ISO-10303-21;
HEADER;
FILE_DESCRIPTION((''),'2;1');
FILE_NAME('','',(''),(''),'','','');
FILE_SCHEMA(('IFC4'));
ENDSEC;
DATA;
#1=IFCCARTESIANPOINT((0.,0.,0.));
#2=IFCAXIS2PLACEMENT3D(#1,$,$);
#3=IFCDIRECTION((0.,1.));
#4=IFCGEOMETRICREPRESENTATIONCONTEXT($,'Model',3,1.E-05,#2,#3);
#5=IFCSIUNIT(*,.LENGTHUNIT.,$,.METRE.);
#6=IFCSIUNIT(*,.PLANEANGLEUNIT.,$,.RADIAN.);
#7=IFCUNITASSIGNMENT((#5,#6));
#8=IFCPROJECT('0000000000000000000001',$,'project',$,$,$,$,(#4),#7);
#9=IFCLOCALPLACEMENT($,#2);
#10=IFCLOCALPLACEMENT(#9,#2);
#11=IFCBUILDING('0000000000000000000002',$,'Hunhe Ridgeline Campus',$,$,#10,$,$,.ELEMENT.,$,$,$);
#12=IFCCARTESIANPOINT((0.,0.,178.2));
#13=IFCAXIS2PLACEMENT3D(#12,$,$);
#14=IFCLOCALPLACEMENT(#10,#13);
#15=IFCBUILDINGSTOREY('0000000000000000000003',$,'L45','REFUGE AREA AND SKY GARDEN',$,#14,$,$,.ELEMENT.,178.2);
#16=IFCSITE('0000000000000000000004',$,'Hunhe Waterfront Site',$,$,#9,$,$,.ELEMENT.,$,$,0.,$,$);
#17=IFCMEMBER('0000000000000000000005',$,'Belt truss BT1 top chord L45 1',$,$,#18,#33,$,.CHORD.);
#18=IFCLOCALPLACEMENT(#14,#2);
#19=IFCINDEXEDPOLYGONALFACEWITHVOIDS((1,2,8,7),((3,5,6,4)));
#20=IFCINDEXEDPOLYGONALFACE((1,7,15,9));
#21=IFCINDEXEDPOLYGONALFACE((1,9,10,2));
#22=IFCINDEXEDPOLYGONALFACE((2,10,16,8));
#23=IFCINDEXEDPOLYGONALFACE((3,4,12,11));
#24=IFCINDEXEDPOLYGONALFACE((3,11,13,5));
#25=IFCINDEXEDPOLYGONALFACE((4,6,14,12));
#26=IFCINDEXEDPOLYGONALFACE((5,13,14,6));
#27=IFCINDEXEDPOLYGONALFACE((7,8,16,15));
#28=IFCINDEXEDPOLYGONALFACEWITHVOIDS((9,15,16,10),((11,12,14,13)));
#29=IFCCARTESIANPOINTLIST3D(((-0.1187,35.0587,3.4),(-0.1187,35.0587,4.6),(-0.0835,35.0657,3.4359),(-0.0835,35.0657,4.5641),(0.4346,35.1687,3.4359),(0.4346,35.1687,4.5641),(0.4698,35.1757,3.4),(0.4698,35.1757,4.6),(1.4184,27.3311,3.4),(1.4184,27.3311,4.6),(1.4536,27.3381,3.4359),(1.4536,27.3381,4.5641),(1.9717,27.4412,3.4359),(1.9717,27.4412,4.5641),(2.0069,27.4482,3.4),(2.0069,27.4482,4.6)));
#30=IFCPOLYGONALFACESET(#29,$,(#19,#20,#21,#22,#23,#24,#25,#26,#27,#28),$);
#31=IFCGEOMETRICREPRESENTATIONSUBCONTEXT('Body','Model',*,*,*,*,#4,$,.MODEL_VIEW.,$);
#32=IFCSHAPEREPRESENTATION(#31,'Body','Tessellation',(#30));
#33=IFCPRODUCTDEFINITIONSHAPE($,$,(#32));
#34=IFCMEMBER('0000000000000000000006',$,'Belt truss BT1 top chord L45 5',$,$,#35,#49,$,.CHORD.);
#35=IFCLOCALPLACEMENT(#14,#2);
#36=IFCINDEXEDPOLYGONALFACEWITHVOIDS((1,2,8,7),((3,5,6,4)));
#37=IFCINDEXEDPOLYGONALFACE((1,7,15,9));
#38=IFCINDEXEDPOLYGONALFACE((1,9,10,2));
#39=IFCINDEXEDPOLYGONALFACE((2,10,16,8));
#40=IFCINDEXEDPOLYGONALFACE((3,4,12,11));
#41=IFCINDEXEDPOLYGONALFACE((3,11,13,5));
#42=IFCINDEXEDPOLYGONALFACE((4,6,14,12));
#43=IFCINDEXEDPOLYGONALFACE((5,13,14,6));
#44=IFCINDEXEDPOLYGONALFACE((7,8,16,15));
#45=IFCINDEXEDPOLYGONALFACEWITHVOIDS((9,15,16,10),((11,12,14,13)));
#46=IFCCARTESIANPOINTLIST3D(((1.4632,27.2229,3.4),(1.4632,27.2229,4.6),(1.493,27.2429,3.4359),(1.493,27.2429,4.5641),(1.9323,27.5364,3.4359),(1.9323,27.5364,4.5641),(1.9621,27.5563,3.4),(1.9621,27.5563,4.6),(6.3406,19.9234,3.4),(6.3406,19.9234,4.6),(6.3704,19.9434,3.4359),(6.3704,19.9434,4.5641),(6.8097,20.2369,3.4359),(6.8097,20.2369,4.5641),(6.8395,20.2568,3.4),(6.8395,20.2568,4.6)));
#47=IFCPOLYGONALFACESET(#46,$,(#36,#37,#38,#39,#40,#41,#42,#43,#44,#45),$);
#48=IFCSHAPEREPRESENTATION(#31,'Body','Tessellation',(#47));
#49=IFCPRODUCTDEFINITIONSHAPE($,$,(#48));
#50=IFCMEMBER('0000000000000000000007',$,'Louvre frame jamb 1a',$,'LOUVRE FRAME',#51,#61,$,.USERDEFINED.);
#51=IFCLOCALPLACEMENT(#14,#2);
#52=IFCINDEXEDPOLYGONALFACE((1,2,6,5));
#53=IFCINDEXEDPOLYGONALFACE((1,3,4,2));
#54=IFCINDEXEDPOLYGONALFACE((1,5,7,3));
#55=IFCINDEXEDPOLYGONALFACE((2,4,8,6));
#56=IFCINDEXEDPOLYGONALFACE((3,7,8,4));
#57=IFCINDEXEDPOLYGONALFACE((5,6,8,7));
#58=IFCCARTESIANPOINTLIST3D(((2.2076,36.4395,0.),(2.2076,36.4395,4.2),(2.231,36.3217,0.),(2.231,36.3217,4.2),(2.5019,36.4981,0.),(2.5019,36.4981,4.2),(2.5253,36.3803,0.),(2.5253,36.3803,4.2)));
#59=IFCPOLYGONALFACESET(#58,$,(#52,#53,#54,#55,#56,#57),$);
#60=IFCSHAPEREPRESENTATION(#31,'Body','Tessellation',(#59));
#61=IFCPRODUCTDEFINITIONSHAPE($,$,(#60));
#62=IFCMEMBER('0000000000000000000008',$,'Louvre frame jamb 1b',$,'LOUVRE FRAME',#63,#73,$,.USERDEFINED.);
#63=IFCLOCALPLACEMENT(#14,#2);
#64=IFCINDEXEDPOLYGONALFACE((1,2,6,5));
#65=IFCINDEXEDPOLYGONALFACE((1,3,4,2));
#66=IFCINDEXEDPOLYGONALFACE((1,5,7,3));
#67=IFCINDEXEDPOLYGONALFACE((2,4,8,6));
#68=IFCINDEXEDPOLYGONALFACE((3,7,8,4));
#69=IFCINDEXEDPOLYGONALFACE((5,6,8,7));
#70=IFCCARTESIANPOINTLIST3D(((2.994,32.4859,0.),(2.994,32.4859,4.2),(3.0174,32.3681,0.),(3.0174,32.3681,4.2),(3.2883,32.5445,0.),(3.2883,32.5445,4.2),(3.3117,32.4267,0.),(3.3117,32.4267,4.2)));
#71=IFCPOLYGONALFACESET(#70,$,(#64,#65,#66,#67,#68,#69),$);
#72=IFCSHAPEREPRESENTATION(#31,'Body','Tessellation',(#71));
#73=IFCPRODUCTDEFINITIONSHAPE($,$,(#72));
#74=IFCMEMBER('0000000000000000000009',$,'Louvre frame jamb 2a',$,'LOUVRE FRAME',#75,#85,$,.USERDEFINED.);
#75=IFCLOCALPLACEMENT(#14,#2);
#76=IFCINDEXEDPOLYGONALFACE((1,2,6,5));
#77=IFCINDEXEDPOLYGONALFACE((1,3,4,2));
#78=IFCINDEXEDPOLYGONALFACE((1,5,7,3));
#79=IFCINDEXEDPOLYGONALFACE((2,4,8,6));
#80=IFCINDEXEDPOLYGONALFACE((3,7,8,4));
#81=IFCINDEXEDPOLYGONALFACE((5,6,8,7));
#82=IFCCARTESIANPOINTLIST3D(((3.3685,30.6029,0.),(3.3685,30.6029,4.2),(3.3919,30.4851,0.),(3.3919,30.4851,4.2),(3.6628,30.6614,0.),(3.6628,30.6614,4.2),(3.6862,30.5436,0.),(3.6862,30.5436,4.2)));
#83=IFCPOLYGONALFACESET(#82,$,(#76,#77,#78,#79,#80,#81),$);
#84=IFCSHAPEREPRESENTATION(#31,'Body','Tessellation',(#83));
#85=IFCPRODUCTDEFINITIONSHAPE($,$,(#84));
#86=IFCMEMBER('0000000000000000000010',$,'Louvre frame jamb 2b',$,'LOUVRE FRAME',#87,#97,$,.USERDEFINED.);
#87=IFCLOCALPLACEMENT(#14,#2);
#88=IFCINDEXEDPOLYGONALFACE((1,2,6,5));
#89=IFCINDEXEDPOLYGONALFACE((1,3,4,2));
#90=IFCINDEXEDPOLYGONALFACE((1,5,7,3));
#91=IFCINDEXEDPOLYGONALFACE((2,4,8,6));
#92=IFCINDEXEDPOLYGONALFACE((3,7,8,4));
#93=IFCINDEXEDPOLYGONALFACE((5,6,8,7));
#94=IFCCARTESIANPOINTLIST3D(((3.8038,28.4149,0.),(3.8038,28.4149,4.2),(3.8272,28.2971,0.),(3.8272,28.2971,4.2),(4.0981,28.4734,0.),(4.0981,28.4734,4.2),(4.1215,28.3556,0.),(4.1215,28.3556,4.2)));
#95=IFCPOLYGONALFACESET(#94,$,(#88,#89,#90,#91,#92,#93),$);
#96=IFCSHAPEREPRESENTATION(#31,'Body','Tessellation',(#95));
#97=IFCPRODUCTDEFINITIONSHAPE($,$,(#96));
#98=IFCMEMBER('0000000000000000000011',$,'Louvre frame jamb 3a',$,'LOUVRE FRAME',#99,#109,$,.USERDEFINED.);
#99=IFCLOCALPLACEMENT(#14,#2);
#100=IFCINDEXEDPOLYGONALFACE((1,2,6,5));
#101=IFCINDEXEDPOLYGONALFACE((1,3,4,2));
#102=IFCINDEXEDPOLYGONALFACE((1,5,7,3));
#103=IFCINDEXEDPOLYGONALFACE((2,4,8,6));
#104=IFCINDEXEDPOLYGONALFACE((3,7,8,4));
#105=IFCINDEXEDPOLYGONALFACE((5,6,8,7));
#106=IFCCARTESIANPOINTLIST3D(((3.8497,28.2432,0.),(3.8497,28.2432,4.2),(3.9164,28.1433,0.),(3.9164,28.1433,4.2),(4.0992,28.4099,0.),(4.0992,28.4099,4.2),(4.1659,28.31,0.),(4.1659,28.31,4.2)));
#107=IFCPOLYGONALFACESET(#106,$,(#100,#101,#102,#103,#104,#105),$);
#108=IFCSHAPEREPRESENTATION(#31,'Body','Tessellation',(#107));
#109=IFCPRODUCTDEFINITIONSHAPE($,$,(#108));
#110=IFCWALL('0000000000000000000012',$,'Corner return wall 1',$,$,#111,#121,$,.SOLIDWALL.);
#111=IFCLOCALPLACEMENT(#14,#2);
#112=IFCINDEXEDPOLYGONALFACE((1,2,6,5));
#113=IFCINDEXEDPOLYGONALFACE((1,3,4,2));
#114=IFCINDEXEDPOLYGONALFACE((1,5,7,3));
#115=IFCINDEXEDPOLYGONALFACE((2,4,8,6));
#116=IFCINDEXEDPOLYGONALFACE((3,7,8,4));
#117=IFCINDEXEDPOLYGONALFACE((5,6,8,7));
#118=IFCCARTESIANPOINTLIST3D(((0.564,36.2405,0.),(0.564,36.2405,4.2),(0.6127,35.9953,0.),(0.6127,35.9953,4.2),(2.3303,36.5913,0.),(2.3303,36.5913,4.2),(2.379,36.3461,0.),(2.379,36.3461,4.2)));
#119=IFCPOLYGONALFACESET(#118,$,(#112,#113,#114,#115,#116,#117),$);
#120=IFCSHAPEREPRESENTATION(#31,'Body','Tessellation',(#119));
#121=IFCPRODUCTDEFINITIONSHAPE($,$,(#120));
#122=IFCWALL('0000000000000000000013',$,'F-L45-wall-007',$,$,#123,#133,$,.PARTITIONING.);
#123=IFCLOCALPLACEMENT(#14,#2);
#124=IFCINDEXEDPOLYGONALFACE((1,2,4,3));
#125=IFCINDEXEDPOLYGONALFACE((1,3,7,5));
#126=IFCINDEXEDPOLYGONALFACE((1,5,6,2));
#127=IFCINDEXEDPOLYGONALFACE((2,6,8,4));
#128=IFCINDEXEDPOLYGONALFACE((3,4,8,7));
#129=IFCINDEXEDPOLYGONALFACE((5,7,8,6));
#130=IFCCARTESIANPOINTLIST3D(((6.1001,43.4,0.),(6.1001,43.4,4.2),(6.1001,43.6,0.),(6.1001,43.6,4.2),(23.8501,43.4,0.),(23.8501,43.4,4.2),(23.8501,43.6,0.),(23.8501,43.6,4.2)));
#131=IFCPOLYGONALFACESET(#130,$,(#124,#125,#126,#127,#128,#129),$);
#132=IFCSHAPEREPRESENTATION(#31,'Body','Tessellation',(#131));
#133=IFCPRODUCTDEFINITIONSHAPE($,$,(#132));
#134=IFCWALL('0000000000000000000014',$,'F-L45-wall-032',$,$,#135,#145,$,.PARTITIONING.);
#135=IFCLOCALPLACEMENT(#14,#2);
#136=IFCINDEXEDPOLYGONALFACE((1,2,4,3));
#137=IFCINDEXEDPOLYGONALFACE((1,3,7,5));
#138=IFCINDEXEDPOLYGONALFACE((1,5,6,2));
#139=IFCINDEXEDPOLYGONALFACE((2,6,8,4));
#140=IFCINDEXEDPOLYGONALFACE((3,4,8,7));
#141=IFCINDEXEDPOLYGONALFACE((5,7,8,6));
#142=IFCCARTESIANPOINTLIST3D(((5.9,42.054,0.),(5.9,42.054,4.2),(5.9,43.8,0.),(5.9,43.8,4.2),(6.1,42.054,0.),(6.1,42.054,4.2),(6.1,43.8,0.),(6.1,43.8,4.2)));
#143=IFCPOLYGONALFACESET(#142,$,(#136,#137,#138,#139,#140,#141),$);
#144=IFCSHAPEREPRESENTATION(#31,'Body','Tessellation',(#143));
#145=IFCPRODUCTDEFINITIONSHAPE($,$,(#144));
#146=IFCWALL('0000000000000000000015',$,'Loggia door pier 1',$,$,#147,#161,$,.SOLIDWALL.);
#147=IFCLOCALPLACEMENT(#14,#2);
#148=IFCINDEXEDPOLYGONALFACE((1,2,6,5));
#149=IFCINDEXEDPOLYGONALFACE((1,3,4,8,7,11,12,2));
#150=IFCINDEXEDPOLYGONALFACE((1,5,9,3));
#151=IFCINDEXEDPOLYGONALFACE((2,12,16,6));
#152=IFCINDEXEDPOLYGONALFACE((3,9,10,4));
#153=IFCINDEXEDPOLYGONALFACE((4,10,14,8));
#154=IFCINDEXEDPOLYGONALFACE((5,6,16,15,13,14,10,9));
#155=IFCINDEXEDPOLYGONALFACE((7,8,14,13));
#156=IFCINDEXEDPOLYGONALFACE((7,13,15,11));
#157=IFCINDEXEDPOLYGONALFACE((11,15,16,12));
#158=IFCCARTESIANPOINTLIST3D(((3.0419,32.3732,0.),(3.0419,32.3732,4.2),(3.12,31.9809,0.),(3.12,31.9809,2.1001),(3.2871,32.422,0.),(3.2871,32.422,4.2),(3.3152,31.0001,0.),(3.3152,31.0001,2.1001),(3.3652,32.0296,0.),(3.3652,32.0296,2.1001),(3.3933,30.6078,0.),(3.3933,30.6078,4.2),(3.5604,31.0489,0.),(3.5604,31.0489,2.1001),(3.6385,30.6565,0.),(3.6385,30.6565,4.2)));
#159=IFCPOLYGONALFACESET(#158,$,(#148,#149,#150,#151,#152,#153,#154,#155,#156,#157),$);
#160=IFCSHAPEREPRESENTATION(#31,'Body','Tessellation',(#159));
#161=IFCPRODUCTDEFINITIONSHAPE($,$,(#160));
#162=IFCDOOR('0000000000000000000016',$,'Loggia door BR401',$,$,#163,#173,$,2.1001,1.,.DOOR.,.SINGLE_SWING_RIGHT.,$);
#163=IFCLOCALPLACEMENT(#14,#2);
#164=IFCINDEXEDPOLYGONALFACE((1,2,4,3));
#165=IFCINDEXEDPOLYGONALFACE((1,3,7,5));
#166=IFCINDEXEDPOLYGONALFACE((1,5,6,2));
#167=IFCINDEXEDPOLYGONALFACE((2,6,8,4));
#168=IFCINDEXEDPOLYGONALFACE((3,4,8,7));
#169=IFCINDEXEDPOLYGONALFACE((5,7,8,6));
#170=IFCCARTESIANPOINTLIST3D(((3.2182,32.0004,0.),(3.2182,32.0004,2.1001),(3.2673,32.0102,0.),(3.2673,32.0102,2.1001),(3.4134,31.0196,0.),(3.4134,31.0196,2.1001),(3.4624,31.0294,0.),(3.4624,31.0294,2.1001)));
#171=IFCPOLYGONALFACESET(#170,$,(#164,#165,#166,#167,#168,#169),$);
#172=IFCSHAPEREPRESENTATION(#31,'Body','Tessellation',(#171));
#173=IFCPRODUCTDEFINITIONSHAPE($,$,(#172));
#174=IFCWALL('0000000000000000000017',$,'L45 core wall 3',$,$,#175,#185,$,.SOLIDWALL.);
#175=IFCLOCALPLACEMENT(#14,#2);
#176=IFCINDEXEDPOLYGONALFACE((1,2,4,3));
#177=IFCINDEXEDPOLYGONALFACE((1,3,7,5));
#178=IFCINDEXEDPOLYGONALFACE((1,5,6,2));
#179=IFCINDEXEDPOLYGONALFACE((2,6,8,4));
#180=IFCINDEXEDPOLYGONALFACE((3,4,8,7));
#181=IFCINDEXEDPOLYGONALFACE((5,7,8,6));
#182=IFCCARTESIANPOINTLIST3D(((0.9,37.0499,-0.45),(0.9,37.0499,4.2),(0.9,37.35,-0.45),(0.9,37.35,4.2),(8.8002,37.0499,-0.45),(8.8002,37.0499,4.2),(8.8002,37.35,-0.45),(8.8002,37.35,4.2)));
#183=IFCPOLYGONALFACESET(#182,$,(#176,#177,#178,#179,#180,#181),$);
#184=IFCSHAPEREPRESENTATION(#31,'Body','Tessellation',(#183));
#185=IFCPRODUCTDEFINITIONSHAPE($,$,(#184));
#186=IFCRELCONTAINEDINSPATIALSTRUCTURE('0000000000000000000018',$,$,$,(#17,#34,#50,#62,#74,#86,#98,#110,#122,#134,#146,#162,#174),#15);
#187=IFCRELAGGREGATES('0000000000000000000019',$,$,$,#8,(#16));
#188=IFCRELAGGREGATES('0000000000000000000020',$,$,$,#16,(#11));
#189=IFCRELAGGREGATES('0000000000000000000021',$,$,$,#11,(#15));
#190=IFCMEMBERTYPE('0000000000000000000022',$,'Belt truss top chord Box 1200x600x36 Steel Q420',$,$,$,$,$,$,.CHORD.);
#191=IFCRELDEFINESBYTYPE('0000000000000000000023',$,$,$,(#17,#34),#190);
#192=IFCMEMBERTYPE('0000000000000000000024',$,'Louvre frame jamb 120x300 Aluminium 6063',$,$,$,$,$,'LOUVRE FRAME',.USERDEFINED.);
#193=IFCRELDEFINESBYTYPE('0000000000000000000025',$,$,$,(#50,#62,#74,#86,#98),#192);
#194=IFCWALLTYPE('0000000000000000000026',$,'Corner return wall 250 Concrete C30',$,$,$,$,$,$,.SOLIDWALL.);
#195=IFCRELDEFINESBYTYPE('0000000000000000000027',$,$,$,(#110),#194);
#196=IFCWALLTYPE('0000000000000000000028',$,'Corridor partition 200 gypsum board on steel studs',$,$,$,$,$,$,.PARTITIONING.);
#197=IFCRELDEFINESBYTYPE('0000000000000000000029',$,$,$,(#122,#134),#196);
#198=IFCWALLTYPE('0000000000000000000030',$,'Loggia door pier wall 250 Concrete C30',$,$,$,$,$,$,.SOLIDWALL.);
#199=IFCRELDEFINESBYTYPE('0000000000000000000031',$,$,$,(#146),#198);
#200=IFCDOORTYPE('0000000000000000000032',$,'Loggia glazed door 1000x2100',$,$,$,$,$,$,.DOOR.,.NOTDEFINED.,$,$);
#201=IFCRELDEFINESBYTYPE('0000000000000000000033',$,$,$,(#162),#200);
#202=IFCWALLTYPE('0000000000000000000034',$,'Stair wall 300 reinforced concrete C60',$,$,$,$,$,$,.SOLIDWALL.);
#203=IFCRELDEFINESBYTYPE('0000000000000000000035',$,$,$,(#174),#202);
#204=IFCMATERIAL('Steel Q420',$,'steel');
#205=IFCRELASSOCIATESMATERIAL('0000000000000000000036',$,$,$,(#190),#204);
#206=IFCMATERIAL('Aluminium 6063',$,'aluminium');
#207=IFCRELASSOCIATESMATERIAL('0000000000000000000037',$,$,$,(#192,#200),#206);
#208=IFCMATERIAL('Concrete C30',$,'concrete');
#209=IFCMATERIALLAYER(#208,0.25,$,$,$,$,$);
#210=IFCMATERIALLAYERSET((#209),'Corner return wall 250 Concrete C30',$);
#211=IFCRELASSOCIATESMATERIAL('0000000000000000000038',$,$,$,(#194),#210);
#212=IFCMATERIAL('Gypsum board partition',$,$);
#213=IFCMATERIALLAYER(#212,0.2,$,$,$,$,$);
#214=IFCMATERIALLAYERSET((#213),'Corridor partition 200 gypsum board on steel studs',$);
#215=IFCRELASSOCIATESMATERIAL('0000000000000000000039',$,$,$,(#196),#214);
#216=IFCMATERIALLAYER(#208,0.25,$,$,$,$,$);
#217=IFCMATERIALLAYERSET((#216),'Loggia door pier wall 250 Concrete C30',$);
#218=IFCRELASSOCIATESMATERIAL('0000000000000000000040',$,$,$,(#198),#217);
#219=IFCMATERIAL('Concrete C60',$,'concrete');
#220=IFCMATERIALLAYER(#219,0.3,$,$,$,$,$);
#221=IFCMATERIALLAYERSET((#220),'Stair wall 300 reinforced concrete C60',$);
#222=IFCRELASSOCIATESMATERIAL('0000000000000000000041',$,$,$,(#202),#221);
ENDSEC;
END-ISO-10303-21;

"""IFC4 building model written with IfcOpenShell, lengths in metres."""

from ifc_helpers import new_model, si_unit, direction, frame, frame_2d, origin, origin_2d, place, context, subcontext, project, spatial, rectangle, hollow_rectangle, extrude, material, layer, layer_set, material_profile, profile_set, type_object, element, fill, save


model = new_model("IFC4")

# Units and contexts
model_context = context("Model", 3, precision=1e-05, world=origin(), true_north=direction((0.0, 1.0)))
body_context = subcontext(model_context, "Body", "Model", "MODEL_VIEW")
ifc_project = project(units=[si_unit("LENGTHUNIT", "METRE"), si_unit("PLANEANGLEUNIT", "RADIAN")], contexts=[model_context])

# Site, building, storey
site_placement = place(None, origin())
site = spatial("IfcSite", under=ifc_project, at=site_placement, Name="Hunhe Waterfront Site", CompositionType="ELEMENT", RefElevation=0.0)
building_placement = place(site_placement, origin())
building = spatial("IfcBuilding", under=site, at=building_placement, Name="Hunhe Ridgeline Campus", CompositionType="ELEMENT")
storey_placement = place(building_placement, frame((0.0, 0.0, 178.2)))
storey = spatial("IfcBuildingStorey", under=building, at=storey_placement, Name="L45", Description="REFUGE AREA AND SKY GARDEN", CompositionType="ELEMENT", Elevation=178.2)

# Shared definitions
ifc_material_1 = material(Name="Concrete C60", Category="concrete")

# Members
ifc_material_2 = material(Name="Steel Q420", Category="steel")
ifc_material_profile_1 = material_profile(ifc_material_2, hollow_rectangle(XDim=0.6001, YDim=1.2, WallThickness=0.0359, at=origin_2d()))
ifc_profile_set_1 = profile_set([ifc_material_profile_1], Name="Steel Q420")
member_type_1 = type_object("IfcMemberType", Name="Belt truss top chord Box 1200x600x36 Steel Q420", PredefinedType="CHORD", material=ifc_profile_set_1)
member_1_placement = place(storey_placement, frame((0.1755, 35.1172, 4.0), z_axis=(0.195091, -0.980785, 0.0), x_axis=(0.980785, 0.195091, 0.0)))
element("IfcMember", 1, at=member_1_placement, inside=storey, type_object=member_type_1, Name="Belt truss BT1 top chord L45 1", PredefinedType="CHORD", context=body_context, shape_type="SweptSolid", body=[
    extrude(hollow_rectangle(XDim=0.6001, YDim=1.2, WallThickness=0.0359, at=origin_2d()), origin(), (0.0, 0.0, 1.0), 7.8789),
])
member_2_placement = place(storey_placement, frame((1.7126, 27.3896, 4.0), z_axis=(0.555573, -0.831468, 0.0), x_axis=(0.831468, 0.555573, 0.0)))
element("IfcMember", 2, at=member_2_placement, inside=storey, type_object=member_type_1, Name="Belt truss BT1 top chord L45 5", PredefinedType="CHORD", context=body_context, shape_type="SweptSolid", body=[
    extrude(hollow_rectangle(XDim=0.6001, YDim=1.2, WallThickness=0.0359, at=origin_2d()), origin(), (0.0, 0.0, 1.0), 8.7791),
])
ifc_material_3 = material(Name="Aluminium 6063", Category="aluminium")
ifc_material_profile_2 = material_profile(ifc_material_3, rectangle(XDim=0.3, YDim=0.1201, at=origin_2d()))
ifc_profile_set_2 = profile_set([ifc_material_profile_2], Name="Aluminium 6063")
member_type_2 = type_object("IfcMemberType", Name="Louvre frame jamb 120x300 Aluminium 6063", ElementType="LOUVRE FRAME", PredefinedType="USERDEFINED", material=ifc_profile_set_2)
for number, where, z_axis, x_axis, name in (
    (3, (2.3665, 36.4099, 0.0), (0.0, 0.0, 1.0), (0.980784, 0.195095, 0.0), "Louvre frame jamb 1a"),
    (4, (3.1528, 32.4563, 0.0), (0.0, 0.0, 1.0), (0.980784, 0.195095, 0.0), "Louvre frame jamb 1b"),
    (5, (3.5273, 30.5732, 0.0), (0.0, 0.0, 1.0), (0.980784, 0.195095, 0.0), "Louvre frame jamb 2a"),
    (6, (3.9626, 28.3853, 0.0), (0.0, 0.0, 1.0), (0.980784, 0.195095, 0.0), "Louvre frame jamb 2b"),
    (7, (4.0078, 28.2766, 0.0), (0.0, 0.0, 1.0), (0.83147, 0.55557, 0.0), "Louvre frame jamb 3a"),
):
    element("IfcMember", number, at=place(storey_placement, frame(where, z_axis=z_axis, x_axis=x_axis)), inside=storey, type_object=member_type_2, Name=name, ObjectType="LOUVRE FRAME", PredefinedType="USERDEFINED", context=body_context, shape_type="SweptSolid", body=[
        extrude(rectangle(XDim=0.3, YDim=0.1201, at=origin_2d()), origin(), (0.0, 0.0, 1.0), 4.2),
    ])

# Walls
ifc_material_4 = material(Name="Concrete C30", Category="concrete")
ifc_layer_1 = layer(ifc_material_4, 0.25)
ifc_layer_set_1 = layer_set([ifc_layer_1], Name="Corner return wall 250 Concrete C30")
wall_type_1 = type_object("IfcWallType", Name="Corner return wall 250 Concrete C30", PredefinedType="SOLIDWALL", material=ifc_layer_set_1)
wall_1_placement = place(storey_placement, frame((0.5884, 36.1179, 0.0), z_axis=(0.0, 0.0, 1.0), x_axis=(0.980841, 0.194812, 0.0)))
element("IfcWall", 8, at=wall_1_placement, inside=storey, type_object=wall_type_1, Name="Corner return wall 1", PredefinedType="SOLIDWALL", context=body_context, shape_type="SweptSolid", body=[
    extrude(rectangle(XDim=1.8008, YDim=0.25, at=frame_2d((0.9004, 0.0))), origin(), (0.0, 0.0, 1.0), 4.2),
])
ifc_material_5 = material(Name="Gypsum board partition")
ifc_layer_2 = layer(ifc_material_5, 0.2)
ifc_layer_set_2 = layer_set([ifc_layer_2], Name="Corridor partition 200 gypsum board on steel studs")
wall_type_2 = type_object("IfcWallType", Name="Corridor partition 200 gypsum board on steel studs", PredefinedType="PARTITIONING", material=ifc_layer_set_2)
wall_2_placement = place(storey_placement, frame((6.1001, 43.5, 0.0), z_axis=(0.0, 0.0, 1.0), x_axis=(1.0, 0.0, 0.0)))
element("IfcWall", 9, at=wall_2_placement, inside=storey, type_object=wall_type_2, Name="F-L45-wall-007", PredefinedType="PARTITIONING", context=body_context, shape_type="SweptSolid", body=[
    extrude(rectangle(XDim=17.75, YDim=0.2, at=frame_2d((8.875, 0.0))), origin(), (0.0, 0.0, 1.0), 4.2),
])
wall_3_placement = place(storey_placement, frame((6.0, 42.054, 0.0), z_axis=(0.0, 0.0, 1.0), x_axis=(0.0, 1.0, 0.0)))
element("IfcWall", 10, at=wall_3_placement, inside=storey, type_object=wall_type_2, Name="F-L45-wall-032", PredefinedType="PARTITIONING", context=body_context, shape_type="SweptSolid", body=[
    extrude(rectangle(XDim=1.7461, YDim=0.2, at=frame_2d((0.873, 0.0))), origin(), (0.0, 0.0, 1.0), 4.2),
])

# Wall, opening, door
ifc_layer_3 = layer(ifc_material_4, 0.25)
ifc_layer_set_3 = layer_set([ifc_layer_3], Name="Loggia door pier wall 250 Concrete C30")
wall_type_3 = type_object("IfcWallType", Name="Loggia door pier wall 250 Concrete C30", PredefinedType="SOLIDWALL", material=ifc_layer_set_3)
wall_4_placement = place(storey_placement, frame((3.1646, 32.3975, 0.0), z_axis=(0.0, 0.0, 1.0), x_axis=(0.195177, -0.980768, 0.0)))
wall_4 = element("IfcWall", 11, at=wall_4_placement, inside=storey, type_object=wall_type_3, Name="Loggia door pier 1", PredefinedType="SOLIDWALL", context=body_context, shape_type="SweptSolid", body=[
    extrude(rectangle(XDim=1.8, YDim=0.25, at=frame_2d((0.8999, 0.0))), origin(), (0.0, 0.0, 1.0), 4.2),
])
opening_1_placement = place(wall_4_placement, frame((0.3999, 0.0, 0.0)))
opening_1 = element("IfcOpeningElement", 12, at=opening_1_placement, cuts=wall_4, PredefinedType="OPENING", context=body_context, shape_type="SweptSolid", body=[
    extrude(rectangle(XDim=1.0, YDim=2.1001, at=frame_2d((0.5, 1.05))), frame((0.0, 0.125, 0.0), z_axis=(0.0, -1.0, 0.0), x_axis=(1.0, 0.0, 0.0)), (0.0, 0.0, 1.0), 0.25),
])
door_type_1 = type_object("IfcDoorType", Name="Loggia glazed door 1000x2100", OperationType="NOTDEFINED", PredefinedType="DOOR", material=ifc_material_3)
door_1_placement = place(opening_1_placement, frame((1.0, 0.0, 0.0), z_axis=(0.0, 0.0, 1.0), x_axis=(-1.0, 0.0, 0.0)))
door_1 = element("IfcDoor", 13, at=door_1_placement, inside=storey, type_object=door_type_1, Name="Loggia door BR401", OperationType="SINGLE_SWING_RIGHT", OverallHeight=2.1001, OverallWidth=1.0, PredefinedType="DOOR", context=body_context, shape_type="SweptSolid", body=[
    extrude(rectangle(XDim=1.0, YDim=2.1001, at=frame_2d((0.5, 1.05))), frame((0.0, 0.0249, 0.0), z_axis=(0.0, -1.0, 0.0), x_axis=(1.0, 0.0, 0.0)), (0.0, 0.0, 1.0), 0.05),
])
fill(opening_1, door_1)

# Wall
ifc_layer_4 = layer(ifc_material_1, 0.3)
ifc_layer_set_4 = layer_set([ifc_layer_4], Name="Stair wall 300 reinforced concrete C60")
wall_type_4 = type_object("IfcWallType", Name="Stair wall 300 reinforced concrete C60", PredefinedType="SOLIDWALL", material=ifc_layer_set_4)
wall_5_placement = place(storey_placement, frame((0.8999, 37.2, -0.45), z_axis=(0.0, 0.0, 1.0), x_axis=(1.0, 0.0, 0.0)))
element("IfcWall", 14, at=wall_5_placement, inside=storey, type_object=wall_type_4, Name="L45 core wall 3", PredefinedType="SOLIDWALL", context=body_context, shape_type="SweptSolid", body=[
    extrude(rectangle(XDim=7.9001, YDim=0.3, at=frame_2d((3.9502, 0.0))), origin(), (0.0, 0.0, 1.0), 4.6499),
])

save(model, "model.ifc")
